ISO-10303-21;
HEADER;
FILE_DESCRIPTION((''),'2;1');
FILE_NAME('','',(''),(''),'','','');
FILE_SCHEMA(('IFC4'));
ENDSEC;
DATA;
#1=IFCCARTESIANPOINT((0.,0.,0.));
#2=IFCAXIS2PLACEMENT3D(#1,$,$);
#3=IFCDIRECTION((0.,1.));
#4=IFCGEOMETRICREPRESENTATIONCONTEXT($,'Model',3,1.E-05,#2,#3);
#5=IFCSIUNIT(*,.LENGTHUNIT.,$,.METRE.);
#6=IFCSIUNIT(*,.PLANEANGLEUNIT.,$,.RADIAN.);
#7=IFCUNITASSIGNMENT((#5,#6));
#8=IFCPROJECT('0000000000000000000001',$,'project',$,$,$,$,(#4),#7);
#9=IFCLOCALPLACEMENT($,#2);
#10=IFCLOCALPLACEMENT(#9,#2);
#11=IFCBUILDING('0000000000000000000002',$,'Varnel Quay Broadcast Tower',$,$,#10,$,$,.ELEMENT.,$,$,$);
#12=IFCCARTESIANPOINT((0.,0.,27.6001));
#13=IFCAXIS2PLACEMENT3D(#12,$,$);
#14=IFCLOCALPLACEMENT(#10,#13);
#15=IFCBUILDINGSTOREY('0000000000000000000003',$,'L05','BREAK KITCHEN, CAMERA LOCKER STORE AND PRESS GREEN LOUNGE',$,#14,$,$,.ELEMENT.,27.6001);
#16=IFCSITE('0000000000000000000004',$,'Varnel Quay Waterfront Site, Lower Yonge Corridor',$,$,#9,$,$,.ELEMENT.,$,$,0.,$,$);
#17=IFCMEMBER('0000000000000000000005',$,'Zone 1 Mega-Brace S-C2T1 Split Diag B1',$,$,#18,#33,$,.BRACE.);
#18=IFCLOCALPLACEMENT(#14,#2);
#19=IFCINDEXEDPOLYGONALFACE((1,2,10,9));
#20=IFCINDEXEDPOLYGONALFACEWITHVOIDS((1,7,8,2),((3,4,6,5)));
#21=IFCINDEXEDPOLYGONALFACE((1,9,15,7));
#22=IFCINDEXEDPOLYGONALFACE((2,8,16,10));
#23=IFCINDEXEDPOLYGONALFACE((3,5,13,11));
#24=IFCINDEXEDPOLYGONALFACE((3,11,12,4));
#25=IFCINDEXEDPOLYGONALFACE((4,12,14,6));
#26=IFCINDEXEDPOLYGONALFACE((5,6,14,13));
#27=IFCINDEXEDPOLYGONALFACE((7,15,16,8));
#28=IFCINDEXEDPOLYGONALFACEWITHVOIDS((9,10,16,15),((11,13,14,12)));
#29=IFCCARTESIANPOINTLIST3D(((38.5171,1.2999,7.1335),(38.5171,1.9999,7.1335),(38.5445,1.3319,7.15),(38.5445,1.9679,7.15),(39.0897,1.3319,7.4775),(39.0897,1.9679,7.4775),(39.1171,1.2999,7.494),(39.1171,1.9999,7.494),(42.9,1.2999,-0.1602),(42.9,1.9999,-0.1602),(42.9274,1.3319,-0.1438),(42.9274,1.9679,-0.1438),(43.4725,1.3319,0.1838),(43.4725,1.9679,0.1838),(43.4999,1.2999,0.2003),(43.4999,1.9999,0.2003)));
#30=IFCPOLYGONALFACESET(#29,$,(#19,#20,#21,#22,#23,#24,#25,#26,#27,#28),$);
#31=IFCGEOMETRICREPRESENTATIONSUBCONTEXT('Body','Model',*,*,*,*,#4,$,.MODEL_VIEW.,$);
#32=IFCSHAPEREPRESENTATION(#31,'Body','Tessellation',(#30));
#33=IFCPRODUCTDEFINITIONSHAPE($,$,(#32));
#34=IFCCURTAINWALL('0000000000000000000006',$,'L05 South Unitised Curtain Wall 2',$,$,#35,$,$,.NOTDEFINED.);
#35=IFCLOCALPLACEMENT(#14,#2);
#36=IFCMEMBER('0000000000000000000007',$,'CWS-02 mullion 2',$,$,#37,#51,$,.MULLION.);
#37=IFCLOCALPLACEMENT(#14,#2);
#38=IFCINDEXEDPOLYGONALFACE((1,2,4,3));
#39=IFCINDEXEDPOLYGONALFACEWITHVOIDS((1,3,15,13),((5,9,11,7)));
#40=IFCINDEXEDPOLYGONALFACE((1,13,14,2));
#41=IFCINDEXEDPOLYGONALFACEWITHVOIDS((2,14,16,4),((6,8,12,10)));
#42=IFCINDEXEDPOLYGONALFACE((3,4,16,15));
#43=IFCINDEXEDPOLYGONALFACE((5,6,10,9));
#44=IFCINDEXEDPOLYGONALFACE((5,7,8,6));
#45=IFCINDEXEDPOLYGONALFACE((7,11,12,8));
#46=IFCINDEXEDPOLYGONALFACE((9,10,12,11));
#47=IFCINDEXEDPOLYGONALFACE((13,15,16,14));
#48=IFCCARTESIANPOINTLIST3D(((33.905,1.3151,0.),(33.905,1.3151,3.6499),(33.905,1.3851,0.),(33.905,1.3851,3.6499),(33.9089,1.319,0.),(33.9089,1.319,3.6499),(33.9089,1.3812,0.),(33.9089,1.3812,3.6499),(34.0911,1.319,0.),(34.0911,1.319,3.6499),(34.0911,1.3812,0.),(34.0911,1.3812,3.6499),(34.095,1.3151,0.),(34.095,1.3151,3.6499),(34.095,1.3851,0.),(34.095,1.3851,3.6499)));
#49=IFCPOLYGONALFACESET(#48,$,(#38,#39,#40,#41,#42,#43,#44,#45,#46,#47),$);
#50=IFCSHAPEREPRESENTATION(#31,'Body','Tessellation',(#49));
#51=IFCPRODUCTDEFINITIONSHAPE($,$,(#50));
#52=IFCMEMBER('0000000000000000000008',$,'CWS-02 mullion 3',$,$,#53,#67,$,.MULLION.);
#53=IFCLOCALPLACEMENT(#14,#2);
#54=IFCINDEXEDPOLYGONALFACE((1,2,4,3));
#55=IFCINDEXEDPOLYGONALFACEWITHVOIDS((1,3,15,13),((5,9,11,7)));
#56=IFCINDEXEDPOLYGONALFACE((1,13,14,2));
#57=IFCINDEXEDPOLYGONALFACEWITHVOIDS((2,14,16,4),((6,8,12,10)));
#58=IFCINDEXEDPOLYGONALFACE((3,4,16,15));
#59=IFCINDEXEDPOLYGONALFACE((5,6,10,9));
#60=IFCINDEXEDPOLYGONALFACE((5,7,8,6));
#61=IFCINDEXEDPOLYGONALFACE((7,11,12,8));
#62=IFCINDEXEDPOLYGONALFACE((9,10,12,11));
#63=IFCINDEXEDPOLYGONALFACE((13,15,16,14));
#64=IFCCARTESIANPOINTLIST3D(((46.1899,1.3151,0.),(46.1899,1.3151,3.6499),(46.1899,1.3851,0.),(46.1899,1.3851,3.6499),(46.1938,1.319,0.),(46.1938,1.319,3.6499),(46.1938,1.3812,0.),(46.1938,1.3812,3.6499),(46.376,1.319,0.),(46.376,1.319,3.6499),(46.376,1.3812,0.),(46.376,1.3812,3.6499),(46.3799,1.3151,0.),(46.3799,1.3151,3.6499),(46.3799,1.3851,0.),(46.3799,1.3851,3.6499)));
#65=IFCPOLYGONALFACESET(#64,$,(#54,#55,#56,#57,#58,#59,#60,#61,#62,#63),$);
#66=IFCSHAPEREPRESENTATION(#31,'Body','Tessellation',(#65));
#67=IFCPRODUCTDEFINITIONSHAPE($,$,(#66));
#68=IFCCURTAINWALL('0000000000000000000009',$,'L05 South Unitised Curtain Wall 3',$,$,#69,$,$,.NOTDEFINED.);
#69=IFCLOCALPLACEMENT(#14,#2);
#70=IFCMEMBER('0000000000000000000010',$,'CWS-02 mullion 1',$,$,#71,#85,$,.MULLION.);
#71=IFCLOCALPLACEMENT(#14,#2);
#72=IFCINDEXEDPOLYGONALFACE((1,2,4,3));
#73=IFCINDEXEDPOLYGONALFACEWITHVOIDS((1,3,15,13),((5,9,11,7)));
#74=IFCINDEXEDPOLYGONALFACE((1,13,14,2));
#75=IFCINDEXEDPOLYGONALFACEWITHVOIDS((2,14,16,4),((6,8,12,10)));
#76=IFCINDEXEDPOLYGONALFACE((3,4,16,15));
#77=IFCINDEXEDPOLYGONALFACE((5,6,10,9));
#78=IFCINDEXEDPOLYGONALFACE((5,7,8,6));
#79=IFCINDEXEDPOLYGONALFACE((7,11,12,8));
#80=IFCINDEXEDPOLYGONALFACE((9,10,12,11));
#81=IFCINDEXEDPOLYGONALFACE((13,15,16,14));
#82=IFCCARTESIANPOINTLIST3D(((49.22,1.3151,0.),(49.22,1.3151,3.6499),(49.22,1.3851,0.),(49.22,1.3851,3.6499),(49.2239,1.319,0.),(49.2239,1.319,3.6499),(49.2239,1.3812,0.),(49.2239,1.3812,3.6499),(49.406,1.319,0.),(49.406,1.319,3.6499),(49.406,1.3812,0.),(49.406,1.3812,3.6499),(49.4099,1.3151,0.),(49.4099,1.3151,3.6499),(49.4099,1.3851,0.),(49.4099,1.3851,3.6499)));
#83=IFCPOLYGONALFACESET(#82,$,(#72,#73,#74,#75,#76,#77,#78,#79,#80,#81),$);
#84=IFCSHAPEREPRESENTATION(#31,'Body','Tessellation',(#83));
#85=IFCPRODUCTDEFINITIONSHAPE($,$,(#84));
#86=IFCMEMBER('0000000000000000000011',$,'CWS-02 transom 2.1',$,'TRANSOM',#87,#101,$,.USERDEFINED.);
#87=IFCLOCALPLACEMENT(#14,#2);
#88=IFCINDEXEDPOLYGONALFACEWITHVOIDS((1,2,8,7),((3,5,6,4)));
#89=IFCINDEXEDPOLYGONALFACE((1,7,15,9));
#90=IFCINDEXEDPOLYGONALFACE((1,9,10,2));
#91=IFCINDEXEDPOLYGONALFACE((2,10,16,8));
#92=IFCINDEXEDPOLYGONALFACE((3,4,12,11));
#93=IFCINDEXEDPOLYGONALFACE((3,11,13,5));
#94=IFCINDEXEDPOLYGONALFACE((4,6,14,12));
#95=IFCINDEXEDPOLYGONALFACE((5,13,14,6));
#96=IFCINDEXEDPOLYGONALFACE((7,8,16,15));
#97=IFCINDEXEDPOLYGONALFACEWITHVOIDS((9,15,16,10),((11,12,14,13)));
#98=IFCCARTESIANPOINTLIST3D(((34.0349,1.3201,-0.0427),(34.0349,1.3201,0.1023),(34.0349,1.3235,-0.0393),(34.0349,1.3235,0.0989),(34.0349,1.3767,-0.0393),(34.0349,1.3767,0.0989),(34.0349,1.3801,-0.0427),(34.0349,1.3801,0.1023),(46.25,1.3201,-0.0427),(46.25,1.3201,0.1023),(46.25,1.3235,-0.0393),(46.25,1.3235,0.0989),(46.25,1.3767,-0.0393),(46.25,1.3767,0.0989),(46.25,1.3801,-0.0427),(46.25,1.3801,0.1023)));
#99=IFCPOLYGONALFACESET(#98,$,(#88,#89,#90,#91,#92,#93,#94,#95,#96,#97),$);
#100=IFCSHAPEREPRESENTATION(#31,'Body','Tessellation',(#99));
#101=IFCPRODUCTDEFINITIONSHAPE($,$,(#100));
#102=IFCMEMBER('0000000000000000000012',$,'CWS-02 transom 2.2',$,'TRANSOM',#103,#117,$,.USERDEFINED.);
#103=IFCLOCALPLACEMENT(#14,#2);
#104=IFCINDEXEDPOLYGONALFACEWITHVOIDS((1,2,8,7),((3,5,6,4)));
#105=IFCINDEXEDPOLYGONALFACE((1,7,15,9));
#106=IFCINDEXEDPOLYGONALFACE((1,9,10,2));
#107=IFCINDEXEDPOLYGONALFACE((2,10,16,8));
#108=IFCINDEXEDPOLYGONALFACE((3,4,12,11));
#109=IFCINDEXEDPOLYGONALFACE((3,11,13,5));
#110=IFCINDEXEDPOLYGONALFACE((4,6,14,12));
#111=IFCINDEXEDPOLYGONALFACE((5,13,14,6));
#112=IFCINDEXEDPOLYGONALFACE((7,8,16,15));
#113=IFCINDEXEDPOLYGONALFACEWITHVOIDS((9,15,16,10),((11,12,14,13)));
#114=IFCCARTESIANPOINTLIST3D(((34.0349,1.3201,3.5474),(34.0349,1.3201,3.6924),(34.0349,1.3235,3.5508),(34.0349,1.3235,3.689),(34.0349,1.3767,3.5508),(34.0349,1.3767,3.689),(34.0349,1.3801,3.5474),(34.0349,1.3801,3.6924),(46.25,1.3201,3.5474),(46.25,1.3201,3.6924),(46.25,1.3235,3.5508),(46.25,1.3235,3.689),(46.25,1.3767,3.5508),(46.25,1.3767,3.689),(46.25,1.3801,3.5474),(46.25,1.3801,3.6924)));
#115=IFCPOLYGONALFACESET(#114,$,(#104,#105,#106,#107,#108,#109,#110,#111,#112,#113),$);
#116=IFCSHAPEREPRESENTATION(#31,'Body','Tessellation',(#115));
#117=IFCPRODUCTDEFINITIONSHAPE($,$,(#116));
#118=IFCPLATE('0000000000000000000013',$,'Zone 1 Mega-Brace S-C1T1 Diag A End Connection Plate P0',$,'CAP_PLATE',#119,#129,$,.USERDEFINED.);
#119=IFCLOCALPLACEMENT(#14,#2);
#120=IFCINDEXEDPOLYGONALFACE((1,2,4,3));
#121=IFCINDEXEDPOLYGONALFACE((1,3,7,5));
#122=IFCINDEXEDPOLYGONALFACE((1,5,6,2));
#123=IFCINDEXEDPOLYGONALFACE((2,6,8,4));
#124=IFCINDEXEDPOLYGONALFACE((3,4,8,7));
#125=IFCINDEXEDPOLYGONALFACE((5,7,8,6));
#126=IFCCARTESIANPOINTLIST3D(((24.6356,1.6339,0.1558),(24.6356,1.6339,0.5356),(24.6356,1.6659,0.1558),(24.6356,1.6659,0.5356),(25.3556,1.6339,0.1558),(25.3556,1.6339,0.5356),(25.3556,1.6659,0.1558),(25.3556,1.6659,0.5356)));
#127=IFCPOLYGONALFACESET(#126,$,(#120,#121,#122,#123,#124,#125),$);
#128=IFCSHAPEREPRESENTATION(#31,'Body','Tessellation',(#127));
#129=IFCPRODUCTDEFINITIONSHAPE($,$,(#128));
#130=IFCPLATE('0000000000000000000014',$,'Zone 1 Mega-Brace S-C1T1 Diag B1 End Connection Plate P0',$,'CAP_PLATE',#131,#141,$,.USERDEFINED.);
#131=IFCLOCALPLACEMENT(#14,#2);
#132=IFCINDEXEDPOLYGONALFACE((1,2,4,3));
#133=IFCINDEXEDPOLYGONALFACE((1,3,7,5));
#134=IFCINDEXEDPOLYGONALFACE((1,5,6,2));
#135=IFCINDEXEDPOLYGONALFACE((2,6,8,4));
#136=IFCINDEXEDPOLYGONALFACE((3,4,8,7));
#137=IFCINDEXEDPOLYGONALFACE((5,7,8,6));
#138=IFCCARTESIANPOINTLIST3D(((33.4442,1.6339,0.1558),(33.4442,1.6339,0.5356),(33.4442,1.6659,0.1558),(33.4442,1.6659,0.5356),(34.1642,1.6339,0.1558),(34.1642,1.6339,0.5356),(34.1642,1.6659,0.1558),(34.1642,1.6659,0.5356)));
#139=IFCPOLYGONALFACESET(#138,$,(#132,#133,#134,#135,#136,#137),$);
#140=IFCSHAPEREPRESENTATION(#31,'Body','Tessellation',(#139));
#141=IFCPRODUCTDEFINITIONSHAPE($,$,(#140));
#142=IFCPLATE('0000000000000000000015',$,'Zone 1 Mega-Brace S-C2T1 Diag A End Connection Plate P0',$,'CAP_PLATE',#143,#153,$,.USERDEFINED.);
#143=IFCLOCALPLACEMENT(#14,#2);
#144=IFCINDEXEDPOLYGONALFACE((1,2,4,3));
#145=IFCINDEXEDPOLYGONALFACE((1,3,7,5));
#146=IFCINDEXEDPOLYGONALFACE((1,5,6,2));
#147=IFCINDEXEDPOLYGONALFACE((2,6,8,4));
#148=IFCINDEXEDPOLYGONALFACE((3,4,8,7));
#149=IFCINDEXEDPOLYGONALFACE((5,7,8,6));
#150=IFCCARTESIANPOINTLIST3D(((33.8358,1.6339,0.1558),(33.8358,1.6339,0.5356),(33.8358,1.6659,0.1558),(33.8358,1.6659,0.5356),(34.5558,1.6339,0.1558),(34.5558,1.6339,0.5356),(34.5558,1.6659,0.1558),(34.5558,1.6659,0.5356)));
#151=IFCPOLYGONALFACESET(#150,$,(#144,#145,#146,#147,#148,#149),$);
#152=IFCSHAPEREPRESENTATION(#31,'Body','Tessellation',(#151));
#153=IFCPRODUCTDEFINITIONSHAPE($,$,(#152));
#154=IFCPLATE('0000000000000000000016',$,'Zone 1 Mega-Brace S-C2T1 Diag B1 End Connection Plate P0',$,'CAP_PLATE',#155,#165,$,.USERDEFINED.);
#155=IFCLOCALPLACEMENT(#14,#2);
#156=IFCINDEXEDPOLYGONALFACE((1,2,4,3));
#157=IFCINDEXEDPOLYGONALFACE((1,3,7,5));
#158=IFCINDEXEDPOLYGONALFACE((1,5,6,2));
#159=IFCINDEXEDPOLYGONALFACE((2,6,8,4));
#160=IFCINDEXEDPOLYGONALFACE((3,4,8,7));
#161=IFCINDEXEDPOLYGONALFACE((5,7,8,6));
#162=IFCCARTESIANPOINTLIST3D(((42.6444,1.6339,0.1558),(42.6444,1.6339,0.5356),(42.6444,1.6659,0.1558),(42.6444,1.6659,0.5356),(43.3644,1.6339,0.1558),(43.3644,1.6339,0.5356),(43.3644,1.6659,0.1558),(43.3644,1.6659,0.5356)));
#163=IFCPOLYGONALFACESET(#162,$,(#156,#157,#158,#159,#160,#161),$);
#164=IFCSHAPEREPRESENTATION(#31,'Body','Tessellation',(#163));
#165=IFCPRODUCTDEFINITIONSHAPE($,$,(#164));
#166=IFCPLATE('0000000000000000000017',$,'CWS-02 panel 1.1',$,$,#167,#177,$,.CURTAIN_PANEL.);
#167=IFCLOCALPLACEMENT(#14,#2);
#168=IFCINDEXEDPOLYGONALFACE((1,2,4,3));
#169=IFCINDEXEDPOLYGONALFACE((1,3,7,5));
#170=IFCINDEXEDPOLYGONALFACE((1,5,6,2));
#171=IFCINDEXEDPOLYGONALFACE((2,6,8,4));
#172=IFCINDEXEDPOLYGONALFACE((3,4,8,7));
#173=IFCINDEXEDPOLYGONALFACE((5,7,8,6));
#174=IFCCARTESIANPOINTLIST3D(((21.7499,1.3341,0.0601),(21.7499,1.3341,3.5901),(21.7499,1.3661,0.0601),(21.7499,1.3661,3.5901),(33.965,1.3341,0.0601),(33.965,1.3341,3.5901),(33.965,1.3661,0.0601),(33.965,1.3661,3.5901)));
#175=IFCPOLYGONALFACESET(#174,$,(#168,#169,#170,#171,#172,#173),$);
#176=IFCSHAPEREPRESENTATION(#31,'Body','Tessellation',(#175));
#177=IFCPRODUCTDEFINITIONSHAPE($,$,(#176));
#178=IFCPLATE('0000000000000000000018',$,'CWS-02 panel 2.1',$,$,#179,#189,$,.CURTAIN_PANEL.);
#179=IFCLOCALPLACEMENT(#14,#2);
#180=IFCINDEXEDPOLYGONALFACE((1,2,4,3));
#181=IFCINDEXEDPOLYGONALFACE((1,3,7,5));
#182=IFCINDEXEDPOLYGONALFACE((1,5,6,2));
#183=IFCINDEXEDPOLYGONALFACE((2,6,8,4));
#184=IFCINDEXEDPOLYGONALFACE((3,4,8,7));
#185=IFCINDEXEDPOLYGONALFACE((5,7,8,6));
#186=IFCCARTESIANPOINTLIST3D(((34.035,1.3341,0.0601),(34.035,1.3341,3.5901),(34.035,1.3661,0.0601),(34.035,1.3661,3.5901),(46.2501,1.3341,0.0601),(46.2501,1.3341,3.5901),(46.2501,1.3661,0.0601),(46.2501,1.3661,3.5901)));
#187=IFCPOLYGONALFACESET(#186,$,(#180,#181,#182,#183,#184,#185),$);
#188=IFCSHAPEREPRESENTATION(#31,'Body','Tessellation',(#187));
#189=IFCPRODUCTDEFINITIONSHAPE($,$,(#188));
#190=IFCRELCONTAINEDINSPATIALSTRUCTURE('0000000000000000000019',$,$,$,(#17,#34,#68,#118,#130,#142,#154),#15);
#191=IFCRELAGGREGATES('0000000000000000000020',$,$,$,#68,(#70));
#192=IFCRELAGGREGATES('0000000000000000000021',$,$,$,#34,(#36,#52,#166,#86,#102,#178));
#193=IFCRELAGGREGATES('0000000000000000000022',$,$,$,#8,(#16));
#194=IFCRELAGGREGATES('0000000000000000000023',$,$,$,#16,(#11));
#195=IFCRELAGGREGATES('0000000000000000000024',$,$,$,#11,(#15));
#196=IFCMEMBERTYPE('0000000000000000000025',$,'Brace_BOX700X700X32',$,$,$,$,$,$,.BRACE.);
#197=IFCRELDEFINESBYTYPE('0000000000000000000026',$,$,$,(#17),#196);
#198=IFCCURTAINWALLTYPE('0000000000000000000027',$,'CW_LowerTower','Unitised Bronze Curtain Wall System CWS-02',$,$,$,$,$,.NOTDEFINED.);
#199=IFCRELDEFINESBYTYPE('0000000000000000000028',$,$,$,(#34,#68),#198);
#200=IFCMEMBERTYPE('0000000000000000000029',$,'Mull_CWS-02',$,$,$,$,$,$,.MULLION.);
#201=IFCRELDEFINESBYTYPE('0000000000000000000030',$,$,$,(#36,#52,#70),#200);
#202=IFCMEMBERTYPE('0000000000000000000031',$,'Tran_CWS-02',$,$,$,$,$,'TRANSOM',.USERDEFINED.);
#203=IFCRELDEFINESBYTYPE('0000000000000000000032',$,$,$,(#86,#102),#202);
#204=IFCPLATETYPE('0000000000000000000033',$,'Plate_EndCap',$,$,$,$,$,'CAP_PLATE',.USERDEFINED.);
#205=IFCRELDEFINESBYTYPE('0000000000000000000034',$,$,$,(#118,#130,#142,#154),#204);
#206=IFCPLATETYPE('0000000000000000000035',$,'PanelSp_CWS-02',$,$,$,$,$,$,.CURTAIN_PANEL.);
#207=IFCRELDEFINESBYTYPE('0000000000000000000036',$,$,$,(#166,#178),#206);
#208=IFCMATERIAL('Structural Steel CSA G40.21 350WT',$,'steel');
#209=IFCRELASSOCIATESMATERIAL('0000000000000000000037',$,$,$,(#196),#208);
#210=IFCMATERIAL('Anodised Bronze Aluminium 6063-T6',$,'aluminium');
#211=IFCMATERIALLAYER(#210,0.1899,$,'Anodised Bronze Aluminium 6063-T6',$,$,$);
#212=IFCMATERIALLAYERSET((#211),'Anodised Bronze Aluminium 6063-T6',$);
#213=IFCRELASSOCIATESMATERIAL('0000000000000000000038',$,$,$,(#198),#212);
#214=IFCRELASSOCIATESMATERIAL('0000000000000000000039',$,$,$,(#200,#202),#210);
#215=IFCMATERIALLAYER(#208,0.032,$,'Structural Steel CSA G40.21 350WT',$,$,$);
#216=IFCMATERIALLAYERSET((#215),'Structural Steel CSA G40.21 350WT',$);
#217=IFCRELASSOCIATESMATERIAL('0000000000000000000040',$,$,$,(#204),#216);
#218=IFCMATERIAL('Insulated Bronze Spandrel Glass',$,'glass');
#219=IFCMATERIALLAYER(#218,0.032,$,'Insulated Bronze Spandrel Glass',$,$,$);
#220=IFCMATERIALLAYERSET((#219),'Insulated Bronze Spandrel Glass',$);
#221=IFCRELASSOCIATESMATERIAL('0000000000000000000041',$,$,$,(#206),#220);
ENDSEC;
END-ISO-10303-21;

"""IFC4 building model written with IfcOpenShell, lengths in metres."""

from ifc_helpers import new_model, si_unit, direction, frame, origin, origin_2d, place, context, subcontext, project, spatial, rectangle, hollow_rectangle, extrude, source, transform, mapped, material, layer, layer_set, material_profile, profile_set, type_object, type_shapes, element, aggregate, save


model = new_model("IFC4")

# Units and contexts
model_context = context("Model", 3, precision=1e-05, world=origin(), true_north=direction((0.0, 1.0)))
body_context = subcontext(model_context, "Body", "Model", "MODEL_VIEW")
ifc_project = project(units=[si_unit("LENGTHUNIT", "METRE"), si_unit("PLANEANGLEUNIT", "RADIAN")], contexts=[model_context])

# Site, building, storey
site_placement = place(None, origin())
site = spatial("IfcSite", under=ifc_project, at=site_placement, Name="Varnel Quay Waterfront Site, Lower Yonge Corridor", CompositionType="ELEMENT", RefElevation=0.0)
building_placement = place(site_placement, origin())
building = spatial("IfcBuilding", under=site, at=building_placement, Name="Varnel Quay Broadcast Tower", CompositionType="ELEMENT")
storey_placement = place(building_placement, frame((0.0, 0.0, 27.6001)))
storey = spatial("IfcBuildingStorey", under=building, at=storey_placement, Name="L05", Description="BREAK KITCHEN, CAMERA LOCKER STORE AND PRESS GREEN LOUNGE", CompositionType="ELEMENT", Elevation=27.6001)

# Member
ifc_material_1 = material(Name="Structural Steel CSA G40.21 350WT", Category="steel")
ifc_material_profile_1 = material_profile(ifc_material_1, hollow_rectangle(XDim=0.7, YDim=0.7, WallThickness=0.032, at=origin_2d()), Name="BOX700X700X32")
ifc_profile_set_1 = profile_set([ifc_material_profile_1], Name="Structural Steel CSA G40.21 350WT")
member_type_1 = type_object("IfcMemberType", Name="Brace_BOX700X700X32", PredefinedType="BRACE", material=ifc_profile_set_1)
shared_shape_1 = source(origin(), body_context, "Body", "SweptSolid", [
    extrude(hollow_rectangle(XDim=0.7, YDim=0.7, WallThickness=0.032, at=origin_2d()), origin(), (0.0, 0.0, 1.0), 8.5093),
])
for number, where, z_axis, x_axis, name in (
    (1, (43.2, 1.6499, 0.02), (-0.515065, 0.0, 0.857151), (0.0, -1.0, 0.0), "Zone 1 Mega-Brace S-C2T1 Split Diag B1"),
):
    element("IfcMember", number, at=place(storey_placement, frame(where, z_axis=z_axis, x_axis=x_axis)), inside=storey, type_object=member_type_1, Name=name, PredefinedType="BRACE", context=body_context, shape_type="MappedRepresentation", body=[
        mapped(shared_shape_1, transform((0.0, 0.0, 0.0), x_axis=(1.0, 0.0, 0.0), y_axis=(0.0, 1.0, 0.0), z_axis=(0.0, 0.0, 1.0), scale=1.0)),
    ])

# Curtain wall, members
ifc_material_2 = material(Name="Anodised Bronze Aluminium 6063-T6", Category="aluminium")
ifc_layer_1 = layer(ifc_material_2, 0.1899, Name="Anodised Bronze Aluminium 6063-T6")
ifc_layer_set_1 = layer_set([ifc_layer_1], Name="Anodised Bronze Aluminium 6063-T6")
curtain_wall_type = type_object("IfcCurtainWallType", Name="CW_LowerTower", Description="Unitised Bronze Curtain Wall System CWS-02", PredefinedType="NOTDEFINED", material=ifc_layer_set_1)
curtain_wall_1_placement = place(storey_placement, origin())
curtain_wall_1 = element("IfcCurtainWall", 2, at=curtain_wall_1_placement, inside=storey, type_object=curtain_wall_type, Name="L05 South Unitised Curtain Wall 2", PredefinedType="NOTDEFINED")
ifc_material_profile_2 = material_profile(ifc_material_2, hollow_rectangle(XDim=0.0701, YDim=0.1899, WallThickness=0.0039, at=origin_2d()), Name="ALU70X190X4")
ifc_profile_set_2 = profile_set([ifc_material_profile_2], Name="Anodised Bronze Aluminium 6063-T6")
member_type_2 = type_object("IfcMemberType", Name="Mull_CWS-02", PredefinedType="MULLION", material=ifc_profile_set_2)
shared_shape_2 = source(origin(), body_context, "Body", "SweptSolid", [
    extrude(hollow_rectangle(XDim=0.0701, YDim=0.1899, WallThickness=0.0039, at=origin_2d()), origin(), (0.0, 0.0, 1.0), 3.6499),
])
type_shapes(member_type_2, [shared_shape_2])
member_1_placement = place(storey_placement, frame((34.0, 1.3501, 0.0), z_axis=(0.0, 0.0, 1.0), x_axis=(0.0, 1.0, 0.0)))
member_1 = element("IfcMember", 3, at=member_1_placement, type_object=member_type_2, Name="CWS-02 mullion 2", PredefinedType="MULLION", context=body_context, shape_type="MappedRepresentation", body=[
    mapped(shared_shape_2, transform((0.0, 0.0, 0.0), x_axis=(1.0, 0.0, 0.0), y_axis=(0.0, 1.0, 0.0), z_axis=(0.0, 0.0, 1.0), scale=1.0)),
])
member_2_placement = place(storey_placement, frame((46.2849, 1.3501, 0.0), z_axis=(0.0, 0.0, 1.0), x_axis=(0.0, 1.0, 0.0)))
member_2 = element("IfcMember", 4, at=member_2_placement, type_object=member_type_2, Name="CWS-02 mullion 3", PredefinedType="MULLION", context=body_context, shape_type="MappedRepresentation", body=[
    mapped(shared_shape_2, transform((0.0, 0.0, 0.0), x_axis=(1.0, 0.0, 0.0), y_axis=(0.0, 1.0, 0.0), z_axis=(0.0, 0.0, 1.0), scale=1.0)),
])

# Curtain wall, member
curtain_wall_2_placement = place(storey_placement, origin())
curtain_wall_2 = element("IfcCurtainWall", 5, at=curtain_wall_2_placement, inside=storey, type_object=curtain_wall_type, Name="L05 South Unitised Curtain Wall 3", PredefinedType="NOTDEFINED")
member_3_placement = place(storey_placement, frame((49.3149, 1.3501, 0.0), z_axis=(0.0, 0.0, 1.0), x_axis=(0.0, 1.0, 0.0)))
member_3 = element("IfcMember", 6, at=member_3_placement, type_object=member_type_2, Name="CWS-02 mullion 1", PredefinedType="MULLION", context=body_context, shape_type="MappedRepresentation", body=[
    mapped(shared_shape_2, transform((0.0, 0.0, 0.0), x_axis=(1.0, 0.0, 0.0), y_axis=(0.0, 1.0, 0.0), z_axis=(0.0, 0.0, 1.0), scale=1.0)),
])
aggregate(curtain_wall_2, [member_3])

# Members
ifc_material_profile_3 = material_profile(ifc_material_2, hollow_rectangle(XDim=0.0601, YDim=0.145, WallThickness=0.0034, at=origin_2d()), Name="ALU60X145X3.5")
ifc_profile_set_3 = profile_set([ifc_material_profile_3], Name="Anodised Bronze Aluminium 6063-T6")
member_type_3 = type_object("IfcMemberType", Name="Tran_CWS-02", ElementType="TRANSOM", PredefinedType="USERDEFINED", material=ifc_profile_set_3)
shared_shape_3 = source(origin(), body_context, "Body", "SweptSolid", [
    extrude(hollow_rectangle(XDim=0.0601, YDim=0.145, WallThickness=0.0034, at=origin_2d()), origin(), (0.0, 0.0, 1.0), 12.2151),
])
type_shapes(member_type_3, [shared_shape_3])
member_4_placement = place(storey_placement, frame((34.0349, 1.3501, 0.0298), z_axis=(1.0, 0.0, 0.0), x_axis=(0.0, 1.0, 0.0)))
member_4 = element("IfcMember", 7, at=member_4_placement, type_object=member_type_3, Name="CWS-02 transom 2.1", ObjectType="TRANSOM", PredefinedType="USERDEFINED", context=body_context, shape_type="MappedRepresentation", body=[
    mapped(shared_shape_3, transform((0.0, 0.0, 0.0), x_axis=(1.0, 0.0, 0.0), y_axis=(0.0, 1.0, 0.0), z_axis=(0.0, 0.0, 1.0), scale=1.0)),
])
member_5_placement = place(storey_placement, frame((34.0349, 1.3501, 3.6199), z_axis=(1.0, 0.0, 0.0), x_axis=(0.0, 1.0, 0.0)))
member_5 = element("IfcMember", 8, at=member_5_placement, type_object=member_type_3, Name="CWS-02 transom 2.2", ObjectType="TRANSOM", PredefinedType="USERDEFINED", context=body_context, shape_type="MappedRepresentation", body=[
    mapped(shared_shape_3, transform((0.0, 0.0, 0.0), x_axis=(1.0, 0.0, 0.0), y_axis=(0.0, 1.0, 0.0), z_axis=(0.0, 0.0, 1.0), scale=1.0)),
])

# Plates
ifc_layer_2 = layer(ifc_material_1, 0.032, Name="Structural Steel CSA G40.21 350WT")
ifc_layer_set_2 = layer_set([ifc_layer_2], Name="Structural Steel CSA G40.21 350WT")
plate_type_1 = type_object("IfcPlateType", Name="Plate_EndCap", ElementType="CAP_PLATE", PredefinedType="USERDEFINED", material=ifc_layer_set_2)
shared_shape_4 = source(origin(), body_context, "Body", "SweptSolid", [
    extrude(rectangle(XDim=0.72, YDim=0.032, at=origin_2d()), origin(), (0.0, 0.0, 1.0), 0.3799),
])
type_shapes(plate_type_1, [shared_shape_4])
for number, where, z_axis, x_axis, name in (
    (9, (24.9956, 1.6499, 0.1558), (0.0, 0.0, 1.0), (1.0, 0.0, 0.0), "Zone 1 Mega-Brace S-C1T1 Diag A End Connection Plate P0"),
    (10, (33.8042, 1.6499, 0.1558), (0.0, 0.0, 1.0), (1.0, 0.0, 0.0), "Zone 1 Mega-Brace S-C1T1 Diag B1 End Connection Plate P0"),
    (11, (34.1958, 1.6499, 0.1558), (0.0, 0.0, 1.0), (1.0, 0.0, 0.0), "Zone 1 Mega-Brace S-C2T1 Diag A End Connection Plate P0"),
    (12, (43.0044, 1.6499, 0.1558), (0.0, 0.0, 1.0), (1.0, 0.0, 0.0), "Zone 1 Mega-Brace S-C2T1 Diag B1 End Connection Plate P0"),
):
    element("IfcPlate", number, at=place(storey_placement, frame(where, z_axis=z_axis, x_axis=x_axis)), inside=storey, type_object=plate_type_1, Name=name, ObjectType="CAP_PLATE", PredefinedType="USERDEFINED", context=body_context, shape_type="MappedRepresentation", body=[
        mapped(shared_shape_4, transform((0.0, 0.0, 0.0), x_axis=(1.0, 0.0, 0.0), y_axis=(0.0, 1.0, 0.0), z_axis=(0.0, 0.0, 1.0), scale=1.0)),
    ])

# Plates
ifc_material_3 = material(Name="Insulated Bronze Spandrel Glass", Category="glass")
ifc_layer_3 = layer(ifc_material_3, 0.032, Name="Insulated Bronze Spandrel Glass")
ifc_layer_set_3 = layer_set([ifc_layer_3], Name="Insulated Bronze Spandrel Glass")
plate_type_2 = type_object("IfcPlateType", Name="PanelSp_CWS-02", PredefinedType="CURTAIN_PANEL", material=ifc_layer_set_3)
shared_shape_5 = source(origin(), body_context, "Body", "SweptSolid", [
    extrude(rectangle(XDim=12.2151, YDim=0.032, at=origin_2d()), origin(), (0.0, 0.0, 1.0), 3.53),
])
type_shapes(plate_type_2, [shared_shape_5])
plate_1_placement = place(storey_placement, frame((27.8574, 1.3501, 0.0601), z_axis=(0.0, 0.0, 1.0), x_axis=(1.0, 0.0, 0.0)))
plate_1 = element("IfcPlate", 13, at=plate_1_placement, type_object=plate_type_2, Name="CWS-02 panel 1.1", PredefinedType="CURTAIN_PANEL", context=body_context, shape_type="MappedRepresentation", body=[
    mapped(shared_shape_5, transform((0.0, 0.0, 0.0), x_axis=(1.0, 0.0, 0.0), y_axis=(0.0, 1.0, 0.0), z_axis=(0.0, 0.0, 1.0), scale=1.0)),
])
plate_2_placement = place(storey_placement, frame((40.1426, 1.3501, 0.0601), z_axis=(0.0, 0.0, 1.0), x_axis=(1.0, 0.0, 0.0)))
plate_2 = element("IfcPlate", 14, at=plate_2_placement, type_object=plate_type_2, Name="CWS-02 panel 2.1", PredefinedType="CURTAIN_PANEL", context=body_context, shape_type="MappedRepresentation", body=[
    mapped(shared_shape_5, transform((0.0, 0.0, 0.0), x_axis=(1.0, 0.0, 0.0), y_axis=(0.0, 1.0, 0.0), z_axis=(0.0, 0.0, 1.0), scale=1.0)),
])
aggregate(curtain_wall_1, [member_1, member_2, plate_1, member_4, member_5, plate_2])

save(model, "model.ifc")
